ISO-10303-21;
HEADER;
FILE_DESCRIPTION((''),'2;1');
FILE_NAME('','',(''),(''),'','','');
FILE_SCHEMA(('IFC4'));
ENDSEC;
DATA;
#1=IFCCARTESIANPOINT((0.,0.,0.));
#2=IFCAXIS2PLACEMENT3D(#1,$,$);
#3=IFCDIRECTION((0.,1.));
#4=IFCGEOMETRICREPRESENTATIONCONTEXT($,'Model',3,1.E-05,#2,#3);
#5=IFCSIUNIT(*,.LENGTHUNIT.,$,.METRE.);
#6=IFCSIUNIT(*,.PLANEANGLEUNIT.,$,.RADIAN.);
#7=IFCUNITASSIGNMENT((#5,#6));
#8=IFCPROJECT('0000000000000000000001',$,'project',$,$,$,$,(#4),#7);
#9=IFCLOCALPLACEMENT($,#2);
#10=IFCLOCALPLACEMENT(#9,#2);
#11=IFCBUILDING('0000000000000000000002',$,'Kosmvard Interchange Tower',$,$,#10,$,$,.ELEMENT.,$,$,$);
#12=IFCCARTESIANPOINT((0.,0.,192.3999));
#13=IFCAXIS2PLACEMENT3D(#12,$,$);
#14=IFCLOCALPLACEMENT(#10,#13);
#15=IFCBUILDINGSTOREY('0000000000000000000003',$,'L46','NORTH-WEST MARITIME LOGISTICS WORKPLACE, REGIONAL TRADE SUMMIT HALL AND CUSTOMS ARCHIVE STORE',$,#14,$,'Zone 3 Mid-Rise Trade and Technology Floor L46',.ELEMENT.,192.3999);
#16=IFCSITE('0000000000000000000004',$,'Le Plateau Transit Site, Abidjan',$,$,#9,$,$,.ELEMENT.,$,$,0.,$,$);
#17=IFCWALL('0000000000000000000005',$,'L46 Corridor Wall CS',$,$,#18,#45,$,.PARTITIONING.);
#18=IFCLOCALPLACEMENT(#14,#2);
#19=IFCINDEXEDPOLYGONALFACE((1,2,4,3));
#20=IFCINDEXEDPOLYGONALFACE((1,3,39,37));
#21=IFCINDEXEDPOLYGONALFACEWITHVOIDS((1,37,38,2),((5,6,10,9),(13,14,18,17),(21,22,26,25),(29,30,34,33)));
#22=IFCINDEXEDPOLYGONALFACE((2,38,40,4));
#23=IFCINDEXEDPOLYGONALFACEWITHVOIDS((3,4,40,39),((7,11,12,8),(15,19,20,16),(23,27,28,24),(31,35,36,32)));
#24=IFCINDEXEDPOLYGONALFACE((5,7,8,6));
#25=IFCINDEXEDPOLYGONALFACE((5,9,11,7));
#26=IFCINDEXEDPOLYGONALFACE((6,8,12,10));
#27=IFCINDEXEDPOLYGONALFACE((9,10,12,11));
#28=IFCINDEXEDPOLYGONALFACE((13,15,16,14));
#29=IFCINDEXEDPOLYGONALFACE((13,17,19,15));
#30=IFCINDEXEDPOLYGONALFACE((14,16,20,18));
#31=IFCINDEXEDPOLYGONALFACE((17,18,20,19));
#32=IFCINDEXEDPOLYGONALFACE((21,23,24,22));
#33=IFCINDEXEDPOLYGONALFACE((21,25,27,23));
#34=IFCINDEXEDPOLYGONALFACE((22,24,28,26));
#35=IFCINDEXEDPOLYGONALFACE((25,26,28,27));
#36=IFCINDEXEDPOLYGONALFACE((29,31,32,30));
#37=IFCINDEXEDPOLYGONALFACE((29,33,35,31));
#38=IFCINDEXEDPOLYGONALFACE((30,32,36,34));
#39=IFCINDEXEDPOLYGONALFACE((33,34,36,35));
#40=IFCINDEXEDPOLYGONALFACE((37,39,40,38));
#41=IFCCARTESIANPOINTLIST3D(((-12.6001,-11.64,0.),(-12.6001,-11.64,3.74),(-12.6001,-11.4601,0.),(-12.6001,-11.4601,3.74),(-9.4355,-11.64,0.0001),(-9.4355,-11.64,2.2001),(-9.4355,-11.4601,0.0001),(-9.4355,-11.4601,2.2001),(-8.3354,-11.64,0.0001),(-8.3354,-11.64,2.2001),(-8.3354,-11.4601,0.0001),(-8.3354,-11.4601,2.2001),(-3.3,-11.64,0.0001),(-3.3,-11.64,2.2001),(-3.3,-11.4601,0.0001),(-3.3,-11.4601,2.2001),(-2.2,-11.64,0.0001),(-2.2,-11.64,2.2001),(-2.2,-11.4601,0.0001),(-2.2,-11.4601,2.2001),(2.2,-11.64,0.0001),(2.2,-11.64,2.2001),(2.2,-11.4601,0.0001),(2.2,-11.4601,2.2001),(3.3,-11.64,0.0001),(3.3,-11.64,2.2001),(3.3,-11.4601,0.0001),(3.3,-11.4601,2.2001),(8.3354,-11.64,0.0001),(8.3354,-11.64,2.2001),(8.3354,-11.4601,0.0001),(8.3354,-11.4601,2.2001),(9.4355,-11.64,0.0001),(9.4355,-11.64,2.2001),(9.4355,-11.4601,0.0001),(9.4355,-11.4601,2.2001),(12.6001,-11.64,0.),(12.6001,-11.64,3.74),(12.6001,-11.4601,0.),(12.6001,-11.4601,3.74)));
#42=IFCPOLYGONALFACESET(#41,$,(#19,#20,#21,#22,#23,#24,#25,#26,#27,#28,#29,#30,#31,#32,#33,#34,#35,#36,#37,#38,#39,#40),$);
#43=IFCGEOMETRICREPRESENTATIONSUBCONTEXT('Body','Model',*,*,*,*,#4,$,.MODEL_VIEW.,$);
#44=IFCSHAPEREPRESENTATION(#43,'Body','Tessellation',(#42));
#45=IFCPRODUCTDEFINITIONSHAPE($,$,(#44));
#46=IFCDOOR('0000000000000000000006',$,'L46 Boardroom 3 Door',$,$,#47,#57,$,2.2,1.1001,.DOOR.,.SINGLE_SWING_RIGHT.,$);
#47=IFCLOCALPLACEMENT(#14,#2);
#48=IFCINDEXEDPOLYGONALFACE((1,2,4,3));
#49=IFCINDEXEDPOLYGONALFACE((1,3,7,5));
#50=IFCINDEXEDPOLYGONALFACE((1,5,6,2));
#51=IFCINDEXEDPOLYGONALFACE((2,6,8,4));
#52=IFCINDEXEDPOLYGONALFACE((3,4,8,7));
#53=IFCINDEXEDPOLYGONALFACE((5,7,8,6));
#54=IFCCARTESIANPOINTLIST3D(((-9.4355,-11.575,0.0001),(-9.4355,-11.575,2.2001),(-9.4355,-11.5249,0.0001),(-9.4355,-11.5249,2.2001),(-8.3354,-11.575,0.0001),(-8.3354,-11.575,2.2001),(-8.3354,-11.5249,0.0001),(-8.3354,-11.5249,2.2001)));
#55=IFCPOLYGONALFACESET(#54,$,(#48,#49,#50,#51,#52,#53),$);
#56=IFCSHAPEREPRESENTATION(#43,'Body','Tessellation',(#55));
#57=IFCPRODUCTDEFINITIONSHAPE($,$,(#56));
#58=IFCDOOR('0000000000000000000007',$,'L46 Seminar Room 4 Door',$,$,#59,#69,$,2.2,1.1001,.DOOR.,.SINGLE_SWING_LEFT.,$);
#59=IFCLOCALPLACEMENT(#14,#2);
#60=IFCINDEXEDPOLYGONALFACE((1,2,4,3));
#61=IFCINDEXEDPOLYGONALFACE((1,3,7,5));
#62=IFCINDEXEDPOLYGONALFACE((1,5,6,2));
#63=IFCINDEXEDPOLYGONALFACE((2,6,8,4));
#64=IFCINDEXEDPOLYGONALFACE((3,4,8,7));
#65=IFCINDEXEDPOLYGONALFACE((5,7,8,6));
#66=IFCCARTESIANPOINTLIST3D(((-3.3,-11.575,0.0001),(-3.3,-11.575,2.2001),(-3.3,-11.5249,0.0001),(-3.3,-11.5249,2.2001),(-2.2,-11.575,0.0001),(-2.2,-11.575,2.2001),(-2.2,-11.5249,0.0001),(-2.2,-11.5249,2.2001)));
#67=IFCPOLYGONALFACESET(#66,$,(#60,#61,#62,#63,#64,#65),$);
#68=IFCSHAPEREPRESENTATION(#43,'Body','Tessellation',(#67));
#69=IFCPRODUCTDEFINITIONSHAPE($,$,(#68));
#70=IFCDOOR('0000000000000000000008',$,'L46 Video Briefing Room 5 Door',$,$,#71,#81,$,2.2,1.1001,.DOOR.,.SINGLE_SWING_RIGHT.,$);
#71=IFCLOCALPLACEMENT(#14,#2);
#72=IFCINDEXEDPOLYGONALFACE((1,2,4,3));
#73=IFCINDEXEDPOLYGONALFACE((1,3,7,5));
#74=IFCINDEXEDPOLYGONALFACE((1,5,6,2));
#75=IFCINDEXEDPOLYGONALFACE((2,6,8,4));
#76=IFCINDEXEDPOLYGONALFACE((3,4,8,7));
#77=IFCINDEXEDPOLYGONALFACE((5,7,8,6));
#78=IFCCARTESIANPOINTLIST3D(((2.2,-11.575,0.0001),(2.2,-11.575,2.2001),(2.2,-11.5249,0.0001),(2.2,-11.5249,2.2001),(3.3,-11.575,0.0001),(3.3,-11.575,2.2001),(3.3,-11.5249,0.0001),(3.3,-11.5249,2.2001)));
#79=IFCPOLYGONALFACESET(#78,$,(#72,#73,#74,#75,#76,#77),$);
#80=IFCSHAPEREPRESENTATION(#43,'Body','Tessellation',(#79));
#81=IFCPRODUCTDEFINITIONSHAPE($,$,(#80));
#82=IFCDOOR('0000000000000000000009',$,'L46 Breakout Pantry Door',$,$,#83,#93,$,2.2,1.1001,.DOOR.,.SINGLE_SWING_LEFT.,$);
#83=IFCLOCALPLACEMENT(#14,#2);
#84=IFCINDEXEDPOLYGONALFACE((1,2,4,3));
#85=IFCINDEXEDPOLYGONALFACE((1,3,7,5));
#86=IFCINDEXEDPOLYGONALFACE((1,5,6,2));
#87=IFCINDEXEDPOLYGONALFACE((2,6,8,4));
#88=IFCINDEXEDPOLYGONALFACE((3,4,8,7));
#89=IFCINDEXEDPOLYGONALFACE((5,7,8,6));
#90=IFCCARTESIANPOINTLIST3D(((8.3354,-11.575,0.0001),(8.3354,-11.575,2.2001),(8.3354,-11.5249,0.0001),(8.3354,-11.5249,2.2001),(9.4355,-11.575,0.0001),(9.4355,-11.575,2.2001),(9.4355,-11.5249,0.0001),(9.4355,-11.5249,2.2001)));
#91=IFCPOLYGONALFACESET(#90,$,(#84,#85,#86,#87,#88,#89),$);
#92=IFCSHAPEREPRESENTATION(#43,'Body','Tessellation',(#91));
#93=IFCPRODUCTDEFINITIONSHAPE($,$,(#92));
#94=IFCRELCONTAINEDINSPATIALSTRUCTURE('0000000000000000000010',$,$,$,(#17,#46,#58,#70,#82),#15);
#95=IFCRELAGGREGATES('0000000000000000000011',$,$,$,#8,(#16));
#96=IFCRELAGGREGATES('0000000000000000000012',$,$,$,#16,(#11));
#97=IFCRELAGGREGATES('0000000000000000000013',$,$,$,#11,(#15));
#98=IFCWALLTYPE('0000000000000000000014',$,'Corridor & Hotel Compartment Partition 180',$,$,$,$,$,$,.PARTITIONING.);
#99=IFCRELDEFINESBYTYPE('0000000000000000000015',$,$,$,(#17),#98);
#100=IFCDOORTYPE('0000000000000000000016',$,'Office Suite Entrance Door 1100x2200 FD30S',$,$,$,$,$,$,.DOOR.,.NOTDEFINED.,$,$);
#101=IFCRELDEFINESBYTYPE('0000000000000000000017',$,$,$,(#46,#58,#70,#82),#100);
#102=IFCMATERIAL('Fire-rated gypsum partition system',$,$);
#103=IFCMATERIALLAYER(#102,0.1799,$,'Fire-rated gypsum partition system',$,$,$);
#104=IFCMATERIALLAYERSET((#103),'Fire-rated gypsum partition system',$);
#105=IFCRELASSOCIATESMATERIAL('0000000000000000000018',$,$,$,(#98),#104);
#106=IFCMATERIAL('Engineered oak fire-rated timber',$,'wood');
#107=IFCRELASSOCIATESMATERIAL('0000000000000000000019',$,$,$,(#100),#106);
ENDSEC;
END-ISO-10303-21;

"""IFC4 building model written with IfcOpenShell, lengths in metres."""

from ifc_helpers import new_model, si_unit, direction, frame, frame_2d, origin, place, context, subcontext, project, spatial, rectangle, extrude, source, transform, mapped, material, layer, layer_set, type_object, element, fill, save


model = new_model("IFC4")

# Units and contexts
model_context = context("Model", 3, precision=1e-05, world=origin(), true_north=direction((0.0, 1.0)))
body_context = subcontext(model_context, "Body", "Model", "MODEL_VIEW")
ifc_project = project(units=[si_unit("LENGTHUNIT", "METRE"), si_unit("PLANEANGLEUNIT", "RADIAN")], contexts=[model_context])

# Site, building, storey
site_placement = place(None, origin())
site = spatial("IfcSite", under=ifc_project, at=site_placement, Name="Le Plateau Transit Site, Abidjan", CompositionType="ELEMENT", RefElevation=0.0)
building_placement = place(site_placement, origin())
building = spatial("IfcBuilding", under=site, at=building_placement, Name="Kosmvard Interchange Tower", CompositionType="ELEMENT")
storey_placement = place(building_placement, frame((0.0, 0.0, 192.3999)))
storey = spatial("IfcBuildingStorey", under=building, at=storey_placement, Name="L46", Description="NORTH-WEST MARITIME LOGISTICS WORKPLACE, REGIONAL TRADE SUMMIT HALL AND CUSTOMS ARCHIVE STORE", LongName="Zone 3 Mid-Rise Trade and Technology Floor L46", CompositionType="ELEMENT", Elevation=192.3999)

# Shared definitions
ifc_material_1 = material(Name="Fire-rated gypsum partition system")

# Wall, openings, doors
ifc_layer_1 = layer(ifc_material_1, 0.1799, Name="Fire-rated gypsum partition system")
ifc_layer_set_1 = layer_set([ifc_layer_1], Name="Fire-rated gypsum partition system")
wall_type_1 = type_object("IfcWallType", Name="Corridor & Hotel Compartment Partition 180", PredefinedType="PARTITIONING", material=ifc_layer_set_1)
shared_shape_1 = source(origin(), body_context, "Body", "SweptSolid", [
    extrude(rectangle(XDim=1.1001, YDim=2.2, at=frame_2d((0.55, 1.1001))), frame((0.0, 0.0249, 0.0), z_axis=(0.0, -1.0, 0.0), x_axis=(1.0, 0.0, 0.0)), (0.0, 0.0, 1.0), 0.05),
])
wall_1_placement = place(storey_placement, frame((-12.6001, -11.55, 0.0), z_axis=(0.0, 0.0, 1.0), x_axis=(1.0, 0.0, 0.0)))
wall_1 = element("IfcWall", 1, at=wall_1_placement, inside=storey, type_object=wall_type_1, Name="L46 Corridor Wall CS", PredefinedType="PARTITIONING", context=body_context, shape_type="SweptSolid", body=[
    extrude(rectangle(XDim=25.2002, YDim=0.1799, at=frame_2d((12.6001, 0.0))), origin(), (0.0, 0.0, 1.0), 3.74),
])
opening_1_placement = place(wall_1_placement, frame((3.1646, 0.0, 0.0)))
opening_1 = element("IfcOpeningElement", 2, at=opening_1_placement, cuts=wall_1, PredefinedType="OPENING", context=body_context, shape_type="SweptSolid", body=[
    extrude(rectangle(XDim=1.1001, YDim=2.2, at=frame_2d((0.55, 1.1001))), frame((0.0, 0.1001, 0.0), z_axis=(0.0, -1.0, 0.0), x_axis=(1.0, 0.0, 0.0)), (0.0, 0.0, 1.0), 0.2),
])
opening_2_placement = place(wall_1_placement, frame((9.3, 0.0, 0.0)))
opening_2 = element("IfcOpeningElement", 3, at=opening_2_placement, cuts=wall_1, PredefinedType="OPENING", context=body_context, shape_type="SweptSolid", body=[
    extrude(rectangle(XDim=1.1001, YDim=2.2, at=frame_2d((0.55, 1.1001))), frame((0.0, 0.1001, 0.0), z_axis=(0.0, -1.0, 0.0), x_axis=(1.0, 0.0, 0.0)), (0.0, 0.0, 1.0), 0.2),
])
opening_3_placement = place(wall_1_placement, frame((14.8, 0.0, 0.0)))
opening_3 = element("IfcOpeningElement", 4, at=opening_3_placement, cuts=wall_1, PredefinedType="OPENING", context=body_context, shape_type="SweptSolid", body=[
    extrude(rectangle(XDim=1.1001, YDim=2.2, at=frame_2d((0.55, 1.1001))), frame((0.0, 0.1001, 0.0), z_axis=(0.0, -1.0, 0.0), x_axis=(1.0, 0.0, 0.0)), (0.0, 0.0, 1.0), 0.2),
])
opening_4_placement = place(wall_1_placement, frame((20.9355, 0.0, 0.0)))
opening_4 = element("IfcOpeningElement", 5, at=opening_4_placement, cuts=wall_1, PredefinedType="OPENING", context=body_context, shape_type="SweptSolid", body=[
    extrude(rectangle(XDim=1.1001, YDim=2.2, at=frame_2d((0.55, 1.1001))), frame((0.0, 0.1001, 0.0), z_axis=(0.0, -1.0, 0.0), x_axis=(1.0, 0.0, 0.0)), (0.0, 0.0, 1.0), 0.2),
])
ifc_material_2 = material(Name="Engineered oak fire-rated timber", Category="wood")
door_type_1 = type_object("IfcDoorType", Name="Office Suite Entrance Door 1100x2200 FD30S", OperationType="NOTDEFINED", PredefinedType="DOOR", material=ifc_material_2)
door_1_placement = place(opening_1_placement, frame((1.1001, 0.0, 0.0), z_axis=(0.0, 0.0, 1.0), x_axis=(-1.0, 0.0, 0.0)))
door_1 = element("IfcDoor", 6, at=door_1_placement, inside=storey, type_object=door_type_1, Name="L46 Boardroom 3 Door", OperationType="SINGLE_SWING_RIGHT", OverallHeight=2.2, OverallWidth=1.1001, PredefinedType="DOOR", context=body_context, shape_type="MappedRepresentation", body=[
    mapped(shared_shape_1, transform((0.0, 0.0, 0.0), scale=1.0)),
])
fill(opening_1, door_1)
door_2_placement = place(opening_2_placement, frame((1.1001, 0.0, 0.0), z_axis=(0.0, 0.0, 1.0), x_axis=(-1.0, 0.0, 0.0)))
door_2 = element("IfcDoor", 7, at=door_2_placement, inside=storey, type_object=door_type_1, Name="L46 Seminar Room 4 Door", OperationType="SINGLE_SWING_LEFT", OverallHeight=2.2, OverallWidth=1.1001, PredefinedType="DOOR", context=body_context, shape_type="MappedRepresentation", body=[
    mapped(shared_shape_1, transform((0.0, 0.0, 0.0), scale=1.0)),
])
fill(opening_2, door_2)
door_3_placement = place(opening_3_placement, frame((1.1001, 0.0, 0.0), z_axis=(0.0, 0.0, 1.0), x_axis=(-1.0, 0.0, 0.0)))
door_3 = element("IfcDoor", 8, at=door_3_placement, inside=storey, type_object=door_type_1, Name="L46 Video Briefing Room 5 Door", OperationType="SINGLE_SWING_RIGHT", OverallHeight=2.2, OverallWidth=1.1001, PredefinedType="DOOR", context=body_context, shape_type="MappedRepresentation", body=[
    mapped(shared_shape_1, transform((0.0, 0.0, 0.0), scale=1.0)),
])
fill(opening_3, door_3)
door_4_placement = place(opening_4_placement, frame((1.1001, 0.0, 0.0), z_axis=(0.0, 0.0, 1.0), x_axis=(-1.0, 0.0, 0.0)))
door_4 = element("IfcDoor", 9, at=door_4_placement, inside=storey, type_object=door_type_1, Name="L46 Breakout Pantry Door", OperationType="SINGLE_SWING_LEFT", OverallHeight=2.2, OverallWidth=1.1001, PredefinedType="DOOR", context=body_context, shape_type="MappedRepresentation", body=[
    mapped(shared_shape_1, transform((0.0, 0.0, 0.0), scale=1.0)),
])
fill(opening_4, door_4)

save(model, "model.ifc")
